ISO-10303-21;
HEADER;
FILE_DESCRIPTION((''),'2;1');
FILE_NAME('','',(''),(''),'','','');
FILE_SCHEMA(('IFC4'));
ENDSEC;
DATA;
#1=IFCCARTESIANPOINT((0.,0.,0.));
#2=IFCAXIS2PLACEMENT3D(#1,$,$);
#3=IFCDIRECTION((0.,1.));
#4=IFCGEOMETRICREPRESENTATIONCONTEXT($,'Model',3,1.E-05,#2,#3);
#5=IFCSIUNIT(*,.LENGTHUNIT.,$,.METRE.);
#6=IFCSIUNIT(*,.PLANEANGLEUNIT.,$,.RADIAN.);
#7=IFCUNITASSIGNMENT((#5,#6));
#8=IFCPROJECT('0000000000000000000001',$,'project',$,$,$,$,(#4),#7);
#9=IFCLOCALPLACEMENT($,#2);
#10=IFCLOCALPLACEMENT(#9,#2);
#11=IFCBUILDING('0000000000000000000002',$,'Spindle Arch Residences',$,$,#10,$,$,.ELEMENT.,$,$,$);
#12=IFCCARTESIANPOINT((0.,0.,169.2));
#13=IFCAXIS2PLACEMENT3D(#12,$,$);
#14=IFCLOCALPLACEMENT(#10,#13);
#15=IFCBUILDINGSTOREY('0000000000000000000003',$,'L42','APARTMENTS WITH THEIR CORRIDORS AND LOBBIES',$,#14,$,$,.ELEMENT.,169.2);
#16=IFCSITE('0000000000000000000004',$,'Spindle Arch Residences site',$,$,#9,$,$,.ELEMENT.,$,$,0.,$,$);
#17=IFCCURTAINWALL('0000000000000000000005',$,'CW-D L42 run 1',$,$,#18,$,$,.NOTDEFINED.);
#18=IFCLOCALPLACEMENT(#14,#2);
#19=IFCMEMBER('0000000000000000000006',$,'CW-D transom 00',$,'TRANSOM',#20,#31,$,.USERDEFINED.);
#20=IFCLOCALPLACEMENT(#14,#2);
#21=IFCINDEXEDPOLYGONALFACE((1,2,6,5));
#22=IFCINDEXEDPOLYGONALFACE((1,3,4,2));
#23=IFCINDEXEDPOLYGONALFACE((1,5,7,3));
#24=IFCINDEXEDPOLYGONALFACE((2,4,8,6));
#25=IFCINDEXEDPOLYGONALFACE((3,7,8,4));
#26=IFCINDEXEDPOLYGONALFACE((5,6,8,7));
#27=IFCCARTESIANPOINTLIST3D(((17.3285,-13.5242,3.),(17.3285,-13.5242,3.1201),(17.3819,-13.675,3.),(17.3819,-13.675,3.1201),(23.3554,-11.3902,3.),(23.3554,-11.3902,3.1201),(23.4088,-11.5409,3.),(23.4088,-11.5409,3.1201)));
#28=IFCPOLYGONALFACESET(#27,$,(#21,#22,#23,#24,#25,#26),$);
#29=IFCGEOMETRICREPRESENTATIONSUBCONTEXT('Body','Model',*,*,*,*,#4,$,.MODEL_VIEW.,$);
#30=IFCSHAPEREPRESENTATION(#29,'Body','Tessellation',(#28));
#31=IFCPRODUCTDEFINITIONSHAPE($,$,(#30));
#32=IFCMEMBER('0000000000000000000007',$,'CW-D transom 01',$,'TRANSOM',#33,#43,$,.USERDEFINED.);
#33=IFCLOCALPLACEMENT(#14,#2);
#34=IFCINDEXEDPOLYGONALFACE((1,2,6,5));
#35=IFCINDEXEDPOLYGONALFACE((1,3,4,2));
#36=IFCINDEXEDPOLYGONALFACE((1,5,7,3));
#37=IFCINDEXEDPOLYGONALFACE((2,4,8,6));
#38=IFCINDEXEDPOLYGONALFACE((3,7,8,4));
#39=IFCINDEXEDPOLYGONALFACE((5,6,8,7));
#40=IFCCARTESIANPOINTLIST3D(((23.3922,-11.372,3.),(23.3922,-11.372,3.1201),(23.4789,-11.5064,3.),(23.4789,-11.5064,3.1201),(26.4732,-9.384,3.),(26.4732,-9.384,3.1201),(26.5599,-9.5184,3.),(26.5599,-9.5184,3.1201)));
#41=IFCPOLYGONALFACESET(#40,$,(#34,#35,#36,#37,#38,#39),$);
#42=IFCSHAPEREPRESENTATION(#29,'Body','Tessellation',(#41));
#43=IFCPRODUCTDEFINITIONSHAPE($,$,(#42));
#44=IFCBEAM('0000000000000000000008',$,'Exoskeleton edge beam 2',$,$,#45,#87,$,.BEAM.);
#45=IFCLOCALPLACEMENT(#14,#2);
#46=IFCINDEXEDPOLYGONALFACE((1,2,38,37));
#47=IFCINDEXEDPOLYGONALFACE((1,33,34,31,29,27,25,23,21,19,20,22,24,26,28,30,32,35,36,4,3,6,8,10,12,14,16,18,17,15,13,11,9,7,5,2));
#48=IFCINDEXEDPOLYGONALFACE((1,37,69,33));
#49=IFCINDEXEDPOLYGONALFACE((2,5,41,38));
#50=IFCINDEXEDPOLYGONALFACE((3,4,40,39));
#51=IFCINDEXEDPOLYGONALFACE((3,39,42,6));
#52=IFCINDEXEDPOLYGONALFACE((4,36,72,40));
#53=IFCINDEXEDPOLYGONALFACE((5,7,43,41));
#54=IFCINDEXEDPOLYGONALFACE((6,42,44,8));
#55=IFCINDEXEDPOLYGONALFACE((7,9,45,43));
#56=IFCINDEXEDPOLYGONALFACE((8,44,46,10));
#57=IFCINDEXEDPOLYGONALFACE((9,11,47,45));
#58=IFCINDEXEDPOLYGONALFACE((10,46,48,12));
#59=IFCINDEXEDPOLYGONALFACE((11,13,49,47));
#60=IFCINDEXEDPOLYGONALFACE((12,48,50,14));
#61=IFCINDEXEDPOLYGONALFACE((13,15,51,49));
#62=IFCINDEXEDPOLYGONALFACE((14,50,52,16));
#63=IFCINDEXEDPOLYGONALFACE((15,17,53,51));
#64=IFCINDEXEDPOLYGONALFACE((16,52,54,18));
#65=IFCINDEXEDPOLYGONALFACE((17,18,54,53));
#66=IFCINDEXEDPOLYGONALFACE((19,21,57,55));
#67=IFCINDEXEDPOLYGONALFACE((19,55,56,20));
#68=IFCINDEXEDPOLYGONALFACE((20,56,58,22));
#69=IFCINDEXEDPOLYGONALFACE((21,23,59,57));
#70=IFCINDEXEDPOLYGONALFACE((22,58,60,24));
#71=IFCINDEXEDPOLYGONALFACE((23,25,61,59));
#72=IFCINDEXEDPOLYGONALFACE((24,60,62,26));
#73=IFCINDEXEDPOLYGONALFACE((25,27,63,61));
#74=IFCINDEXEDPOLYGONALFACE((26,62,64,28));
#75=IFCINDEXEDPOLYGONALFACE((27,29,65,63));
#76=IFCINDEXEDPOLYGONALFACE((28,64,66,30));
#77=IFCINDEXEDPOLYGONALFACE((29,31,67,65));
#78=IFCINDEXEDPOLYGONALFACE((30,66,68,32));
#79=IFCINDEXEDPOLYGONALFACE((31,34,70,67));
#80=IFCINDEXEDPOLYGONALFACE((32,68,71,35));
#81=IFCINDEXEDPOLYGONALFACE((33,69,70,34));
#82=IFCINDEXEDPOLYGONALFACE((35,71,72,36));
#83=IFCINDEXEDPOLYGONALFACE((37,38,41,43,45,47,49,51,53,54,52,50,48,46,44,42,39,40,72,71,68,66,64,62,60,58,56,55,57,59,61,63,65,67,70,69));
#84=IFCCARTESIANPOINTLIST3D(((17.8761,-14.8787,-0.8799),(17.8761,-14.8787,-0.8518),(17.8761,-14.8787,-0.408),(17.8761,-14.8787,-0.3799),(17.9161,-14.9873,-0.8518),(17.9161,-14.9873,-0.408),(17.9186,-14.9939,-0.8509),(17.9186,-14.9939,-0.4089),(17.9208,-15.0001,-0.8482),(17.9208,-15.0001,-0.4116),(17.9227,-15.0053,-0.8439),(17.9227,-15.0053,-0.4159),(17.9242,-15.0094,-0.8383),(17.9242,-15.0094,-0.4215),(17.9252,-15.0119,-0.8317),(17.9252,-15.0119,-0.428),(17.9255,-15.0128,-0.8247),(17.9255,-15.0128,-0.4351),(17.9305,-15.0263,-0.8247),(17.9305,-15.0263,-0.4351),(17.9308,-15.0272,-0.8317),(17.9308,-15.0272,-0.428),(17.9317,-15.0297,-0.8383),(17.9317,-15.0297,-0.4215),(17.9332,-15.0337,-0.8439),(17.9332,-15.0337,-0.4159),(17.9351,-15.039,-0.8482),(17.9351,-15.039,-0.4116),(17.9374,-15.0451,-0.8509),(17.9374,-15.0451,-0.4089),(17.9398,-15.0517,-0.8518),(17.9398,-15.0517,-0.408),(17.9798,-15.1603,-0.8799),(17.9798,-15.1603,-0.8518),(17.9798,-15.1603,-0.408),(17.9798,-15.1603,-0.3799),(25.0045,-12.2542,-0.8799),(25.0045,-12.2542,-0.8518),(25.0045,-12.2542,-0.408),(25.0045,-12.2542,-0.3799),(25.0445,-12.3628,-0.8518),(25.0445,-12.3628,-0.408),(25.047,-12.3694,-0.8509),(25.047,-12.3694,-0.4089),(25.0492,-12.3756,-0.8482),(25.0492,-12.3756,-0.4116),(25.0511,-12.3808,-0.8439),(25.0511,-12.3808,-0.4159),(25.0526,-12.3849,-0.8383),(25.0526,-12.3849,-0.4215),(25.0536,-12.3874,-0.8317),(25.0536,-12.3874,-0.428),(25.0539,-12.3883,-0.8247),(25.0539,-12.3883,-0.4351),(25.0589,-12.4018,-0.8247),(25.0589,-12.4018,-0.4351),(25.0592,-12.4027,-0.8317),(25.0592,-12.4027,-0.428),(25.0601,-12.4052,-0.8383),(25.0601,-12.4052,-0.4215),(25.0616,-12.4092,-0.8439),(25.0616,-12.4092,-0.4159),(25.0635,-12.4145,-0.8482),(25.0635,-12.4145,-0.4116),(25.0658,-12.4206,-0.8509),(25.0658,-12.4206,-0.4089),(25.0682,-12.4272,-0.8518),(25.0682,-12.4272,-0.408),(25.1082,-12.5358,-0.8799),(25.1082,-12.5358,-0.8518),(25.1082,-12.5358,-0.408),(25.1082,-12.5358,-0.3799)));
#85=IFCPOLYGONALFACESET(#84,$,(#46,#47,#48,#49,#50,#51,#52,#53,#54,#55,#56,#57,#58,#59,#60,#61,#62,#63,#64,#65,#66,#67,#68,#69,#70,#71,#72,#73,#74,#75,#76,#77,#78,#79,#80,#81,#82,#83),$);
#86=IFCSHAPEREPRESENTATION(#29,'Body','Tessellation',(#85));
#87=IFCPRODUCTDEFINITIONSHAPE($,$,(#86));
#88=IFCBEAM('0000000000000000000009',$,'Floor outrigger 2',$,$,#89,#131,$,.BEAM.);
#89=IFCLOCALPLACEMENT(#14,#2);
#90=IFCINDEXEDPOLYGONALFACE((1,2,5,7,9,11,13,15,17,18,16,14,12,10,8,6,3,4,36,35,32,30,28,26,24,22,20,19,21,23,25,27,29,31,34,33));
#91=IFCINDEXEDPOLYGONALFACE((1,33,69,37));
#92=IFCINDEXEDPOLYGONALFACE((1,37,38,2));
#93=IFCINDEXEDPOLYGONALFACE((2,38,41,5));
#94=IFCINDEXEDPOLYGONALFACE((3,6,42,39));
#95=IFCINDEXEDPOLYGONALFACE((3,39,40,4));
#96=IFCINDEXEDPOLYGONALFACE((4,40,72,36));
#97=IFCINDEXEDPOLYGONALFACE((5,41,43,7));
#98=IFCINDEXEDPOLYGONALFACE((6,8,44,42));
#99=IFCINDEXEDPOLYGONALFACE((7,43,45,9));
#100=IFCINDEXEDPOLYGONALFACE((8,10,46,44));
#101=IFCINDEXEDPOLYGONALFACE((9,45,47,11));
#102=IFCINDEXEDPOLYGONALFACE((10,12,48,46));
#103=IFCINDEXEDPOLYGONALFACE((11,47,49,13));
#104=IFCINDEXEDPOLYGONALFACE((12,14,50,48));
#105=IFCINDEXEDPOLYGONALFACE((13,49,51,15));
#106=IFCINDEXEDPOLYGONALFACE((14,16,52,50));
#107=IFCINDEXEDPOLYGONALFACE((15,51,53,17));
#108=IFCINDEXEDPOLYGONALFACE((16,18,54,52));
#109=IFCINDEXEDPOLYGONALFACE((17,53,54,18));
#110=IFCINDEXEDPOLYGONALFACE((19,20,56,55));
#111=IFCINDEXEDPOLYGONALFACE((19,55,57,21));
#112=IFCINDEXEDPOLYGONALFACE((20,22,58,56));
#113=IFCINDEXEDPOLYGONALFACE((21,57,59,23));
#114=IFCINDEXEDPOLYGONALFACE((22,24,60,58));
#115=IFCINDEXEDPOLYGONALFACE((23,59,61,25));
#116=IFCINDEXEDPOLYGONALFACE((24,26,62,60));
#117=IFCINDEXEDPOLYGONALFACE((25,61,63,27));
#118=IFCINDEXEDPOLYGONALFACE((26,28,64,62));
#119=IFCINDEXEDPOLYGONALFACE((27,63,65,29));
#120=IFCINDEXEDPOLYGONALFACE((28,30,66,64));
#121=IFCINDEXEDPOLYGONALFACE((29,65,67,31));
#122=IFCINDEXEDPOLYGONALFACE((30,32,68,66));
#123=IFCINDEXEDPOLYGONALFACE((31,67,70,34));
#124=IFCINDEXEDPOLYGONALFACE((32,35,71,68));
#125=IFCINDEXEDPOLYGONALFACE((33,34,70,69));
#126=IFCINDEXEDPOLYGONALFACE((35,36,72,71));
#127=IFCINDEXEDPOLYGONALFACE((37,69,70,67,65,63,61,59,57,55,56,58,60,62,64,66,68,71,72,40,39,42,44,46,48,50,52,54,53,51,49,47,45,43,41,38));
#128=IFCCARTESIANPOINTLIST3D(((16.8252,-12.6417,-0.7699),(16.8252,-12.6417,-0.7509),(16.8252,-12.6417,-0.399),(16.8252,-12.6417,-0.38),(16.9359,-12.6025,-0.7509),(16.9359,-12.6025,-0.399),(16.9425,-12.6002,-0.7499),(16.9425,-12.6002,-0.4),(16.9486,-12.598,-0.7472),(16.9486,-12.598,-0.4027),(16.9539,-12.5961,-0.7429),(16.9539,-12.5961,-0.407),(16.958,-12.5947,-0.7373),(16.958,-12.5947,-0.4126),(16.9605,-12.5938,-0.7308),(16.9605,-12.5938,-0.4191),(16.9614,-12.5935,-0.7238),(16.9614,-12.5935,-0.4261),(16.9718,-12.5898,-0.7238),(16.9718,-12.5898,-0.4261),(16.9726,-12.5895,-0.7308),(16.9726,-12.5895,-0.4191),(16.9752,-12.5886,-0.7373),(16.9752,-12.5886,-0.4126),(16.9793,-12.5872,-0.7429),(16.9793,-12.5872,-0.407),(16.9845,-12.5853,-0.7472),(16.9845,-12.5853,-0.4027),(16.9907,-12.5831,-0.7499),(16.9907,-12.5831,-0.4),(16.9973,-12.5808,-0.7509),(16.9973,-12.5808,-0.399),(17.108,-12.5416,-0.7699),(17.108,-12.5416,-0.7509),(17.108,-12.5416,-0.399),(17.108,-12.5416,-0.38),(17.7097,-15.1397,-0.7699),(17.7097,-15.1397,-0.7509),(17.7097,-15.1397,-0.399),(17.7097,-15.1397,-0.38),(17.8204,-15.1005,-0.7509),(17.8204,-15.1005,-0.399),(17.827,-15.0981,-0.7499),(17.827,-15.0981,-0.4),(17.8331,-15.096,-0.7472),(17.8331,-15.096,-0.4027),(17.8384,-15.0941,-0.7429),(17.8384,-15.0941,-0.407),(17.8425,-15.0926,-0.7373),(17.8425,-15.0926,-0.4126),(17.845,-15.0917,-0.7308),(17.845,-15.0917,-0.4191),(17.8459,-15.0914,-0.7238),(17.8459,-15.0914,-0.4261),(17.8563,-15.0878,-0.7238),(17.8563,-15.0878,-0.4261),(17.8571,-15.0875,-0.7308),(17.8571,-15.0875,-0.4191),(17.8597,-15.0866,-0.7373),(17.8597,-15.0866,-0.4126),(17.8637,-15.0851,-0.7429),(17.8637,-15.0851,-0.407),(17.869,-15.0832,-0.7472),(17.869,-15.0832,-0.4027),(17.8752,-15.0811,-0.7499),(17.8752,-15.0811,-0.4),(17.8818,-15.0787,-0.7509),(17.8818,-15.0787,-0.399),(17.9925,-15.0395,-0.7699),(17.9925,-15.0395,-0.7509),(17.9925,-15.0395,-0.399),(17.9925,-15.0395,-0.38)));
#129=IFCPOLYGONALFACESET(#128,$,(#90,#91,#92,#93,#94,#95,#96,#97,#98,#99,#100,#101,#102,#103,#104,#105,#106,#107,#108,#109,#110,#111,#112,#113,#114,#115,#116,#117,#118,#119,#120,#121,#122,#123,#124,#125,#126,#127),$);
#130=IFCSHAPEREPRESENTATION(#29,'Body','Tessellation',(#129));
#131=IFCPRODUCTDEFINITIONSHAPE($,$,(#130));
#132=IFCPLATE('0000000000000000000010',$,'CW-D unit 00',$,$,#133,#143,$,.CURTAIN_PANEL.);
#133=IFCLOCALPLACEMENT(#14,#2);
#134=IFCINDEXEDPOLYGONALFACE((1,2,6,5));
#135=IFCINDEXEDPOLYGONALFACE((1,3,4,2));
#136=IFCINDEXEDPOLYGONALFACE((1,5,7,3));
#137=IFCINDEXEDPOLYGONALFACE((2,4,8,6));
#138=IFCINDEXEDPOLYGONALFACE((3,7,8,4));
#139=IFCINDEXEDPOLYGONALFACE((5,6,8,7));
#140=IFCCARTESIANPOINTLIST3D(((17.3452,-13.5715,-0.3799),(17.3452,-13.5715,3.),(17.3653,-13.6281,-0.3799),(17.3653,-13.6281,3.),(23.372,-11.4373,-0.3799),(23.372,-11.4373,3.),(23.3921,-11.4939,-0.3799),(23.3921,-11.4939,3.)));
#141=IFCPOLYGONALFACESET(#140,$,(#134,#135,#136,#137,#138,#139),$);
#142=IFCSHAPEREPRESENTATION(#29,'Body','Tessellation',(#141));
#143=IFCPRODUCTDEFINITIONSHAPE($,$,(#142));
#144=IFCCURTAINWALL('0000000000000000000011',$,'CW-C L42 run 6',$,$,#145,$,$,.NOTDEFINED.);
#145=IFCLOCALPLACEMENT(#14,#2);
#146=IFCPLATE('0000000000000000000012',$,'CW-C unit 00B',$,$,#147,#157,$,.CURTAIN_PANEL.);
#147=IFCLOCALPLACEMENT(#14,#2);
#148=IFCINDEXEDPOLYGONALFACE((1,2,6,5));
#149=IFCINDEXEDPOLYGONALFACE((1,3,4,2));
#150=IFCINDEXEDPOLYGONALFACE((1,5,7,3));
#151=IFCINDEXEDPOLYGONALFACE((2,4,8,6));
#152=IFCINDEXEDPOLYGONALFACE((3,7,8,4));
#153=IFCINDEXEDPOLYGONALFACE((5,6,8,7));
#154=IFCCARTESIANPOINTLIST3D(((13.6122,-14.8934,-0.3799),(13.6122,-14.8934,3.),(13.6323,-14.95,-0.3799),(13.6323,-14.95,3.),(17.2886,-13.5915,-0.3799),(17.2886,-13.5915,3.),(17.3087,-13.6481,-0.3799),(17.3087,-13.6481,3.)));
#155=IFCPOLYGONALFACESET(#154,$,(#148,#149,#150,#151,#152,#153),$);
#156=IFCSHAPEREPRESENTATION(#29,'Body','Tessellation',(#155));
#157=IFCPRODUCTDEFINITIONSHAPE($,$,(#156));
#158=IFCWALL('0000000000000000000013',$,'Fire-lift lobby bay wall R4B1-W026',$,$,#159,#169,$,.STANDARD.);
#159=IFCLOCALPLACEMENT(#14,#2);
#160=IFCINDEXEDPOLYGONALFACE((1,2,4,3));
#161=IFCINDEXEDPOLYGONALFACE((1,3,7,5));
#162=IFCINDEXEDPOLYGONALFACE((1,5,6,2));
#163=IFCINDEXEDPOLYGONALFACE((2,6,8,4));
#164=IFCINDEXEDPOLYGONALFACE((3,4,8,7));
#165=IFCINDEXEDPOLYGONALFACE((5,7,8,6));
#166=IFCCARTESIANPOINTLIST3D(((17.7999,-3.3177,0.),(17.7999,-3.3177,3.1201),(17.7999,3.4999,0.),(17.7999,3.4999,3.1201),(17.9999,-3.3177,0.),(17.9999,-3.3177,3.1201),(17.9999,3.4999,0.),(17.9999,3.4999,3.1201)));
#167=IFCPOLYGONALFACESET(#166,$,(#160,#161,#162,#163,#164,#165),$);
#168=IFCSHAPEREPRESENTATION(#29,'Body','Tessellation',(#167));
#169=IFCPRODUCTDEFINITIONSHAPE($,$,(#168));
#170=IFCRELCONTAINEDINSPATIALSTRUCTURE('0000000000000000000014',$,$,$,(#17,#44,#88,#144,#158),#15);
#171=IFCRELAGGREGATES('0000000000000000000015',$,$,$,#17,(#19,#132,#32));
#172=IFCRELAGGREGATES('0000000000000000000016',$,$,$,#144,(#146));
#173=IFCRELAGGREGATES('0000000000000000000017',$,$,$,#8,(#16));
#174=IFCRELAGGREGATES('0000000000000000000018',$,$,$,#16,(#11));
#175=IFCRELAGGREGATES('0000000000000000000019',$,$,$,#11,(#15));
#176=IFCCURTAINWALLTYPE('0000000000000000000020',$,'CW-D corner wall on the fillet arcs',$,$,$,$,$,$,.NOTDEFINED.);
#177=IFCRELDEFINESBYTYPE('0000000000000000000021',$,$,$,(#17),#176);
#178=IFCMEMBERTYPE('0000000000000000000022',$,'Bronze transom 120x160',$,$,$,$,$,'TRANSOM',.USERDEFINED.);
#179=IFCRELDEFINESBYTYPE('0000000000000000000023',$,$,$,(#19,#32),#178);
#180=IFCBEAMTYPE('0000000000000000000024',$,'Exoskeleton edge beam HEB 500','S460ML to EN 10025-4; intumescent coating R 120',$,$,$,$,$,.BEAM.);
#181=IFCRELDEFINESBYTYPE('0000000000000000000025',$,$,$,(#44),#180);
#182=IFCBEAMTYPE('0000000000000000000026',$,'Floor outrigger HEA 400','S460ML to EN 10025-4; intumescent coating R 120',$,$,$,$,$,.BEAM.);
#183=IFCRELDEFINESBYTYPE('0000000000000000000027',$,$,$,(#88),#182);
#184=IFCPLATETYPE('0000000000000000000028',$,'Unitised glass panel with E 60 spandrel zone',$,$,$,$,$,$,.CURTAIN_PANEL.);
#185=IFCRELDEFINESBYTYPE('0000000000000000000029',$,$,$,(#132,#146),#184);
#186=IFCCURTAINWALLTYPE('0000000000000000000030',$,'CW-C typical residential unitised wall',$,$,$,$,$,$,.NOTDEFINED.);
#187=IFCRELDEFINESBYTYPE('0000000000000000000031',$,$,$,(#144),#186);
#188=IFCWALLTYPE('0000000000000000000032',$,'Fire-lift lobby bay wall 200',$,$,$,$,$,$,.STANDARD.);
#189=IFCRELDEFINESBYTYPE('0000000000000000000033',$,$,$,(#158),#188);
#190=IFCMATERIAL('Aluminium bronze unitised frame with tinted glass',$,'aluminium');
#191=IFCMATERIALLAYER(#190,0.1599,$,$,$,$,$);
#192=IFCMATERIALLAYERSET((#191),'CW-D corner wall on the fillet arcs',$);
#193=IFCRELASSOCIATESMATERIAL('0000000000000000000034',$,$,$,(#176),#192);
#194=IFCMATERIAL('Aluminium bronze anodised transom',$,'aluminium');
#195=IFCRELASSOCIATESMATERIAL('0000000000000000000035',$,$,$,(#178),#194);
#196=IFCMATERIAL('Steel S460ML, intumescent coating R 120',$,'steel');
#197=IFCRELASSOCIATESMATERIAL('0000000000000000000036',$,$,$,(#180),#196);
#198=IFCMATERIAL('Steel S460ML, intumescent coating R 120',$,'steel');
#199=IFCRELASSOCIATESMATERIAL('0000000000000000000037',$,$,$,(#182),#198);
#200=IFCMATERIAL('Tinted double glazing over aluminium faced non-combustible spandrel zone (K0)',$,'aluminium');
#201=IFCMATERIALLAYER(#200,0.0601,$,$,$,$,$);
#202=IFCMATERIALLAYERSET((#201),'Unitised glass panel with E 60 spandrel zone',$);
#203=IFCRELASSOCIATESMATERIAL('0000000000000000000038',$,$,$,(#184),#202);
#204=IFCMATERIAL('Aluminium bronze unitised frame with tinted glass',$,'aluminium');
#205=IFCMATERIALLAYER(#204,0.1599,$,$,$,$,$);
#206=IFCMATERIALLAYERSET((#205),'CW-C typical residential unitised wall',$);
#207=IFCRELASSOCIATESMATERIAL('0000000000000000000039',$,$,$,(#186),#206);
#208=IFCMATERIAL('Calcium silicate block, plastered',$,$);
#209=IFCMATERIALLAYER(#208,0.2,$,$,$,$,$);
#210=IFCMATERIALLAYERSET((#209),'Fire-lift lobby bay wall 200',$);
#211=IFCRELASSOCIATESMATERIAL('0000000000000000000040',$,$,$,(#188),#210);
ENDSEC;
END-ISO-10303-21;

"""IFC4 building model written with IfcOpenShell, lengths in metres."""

from ifc_helpers import new_model, si_unit, direction, frame, frame_2d, origin, origin_2d, place, context, subcontext, project, spatial, rectangle, i_section, extrude, material, layer, layer_set, material_profile, profile_set, type_object, element, aggregate, save


model = new_model("IFC4")

# Units and contexts
model_context = context("Model", 3, precision=1e-05, world=origin(), true_north=direction((0.0, 1.0)))
body_context = subcontext(model_context, "Body", "Model", "MODEL_VIEW")
ifc_project = project(units=[si_unit("LENGTHUNIT", "METRE"), si_unit("PLANEANGLEUNIT", "RADIAN")], contexts=[model_context])

# Site, building, storey
site_placement = place(None, origin())
site = spatial("IfcSite", under=ifc_project, at=site_placement, Name="Spindle Arch Residences site", CompositionType="ELEMENT", RefElevation=0.0)
building_placement = place(site_placement, origin())
building = spatial("IfcBuilding", under=site, at=building_placement, Name="Spindle Arch Residences", CompositionType="ELEMENT")
storey_placement = place(building_placement, frame((0.0, 0.0, 169.2)))
storey = spatial("IfcBuildingStorey", under=building, at=storey_placement, Name="L42", Description="APARTMENTS WITH THEIR CORRIDORS AND LOBBIES", CompositionType="ELEMENT", Elevation=169.2)

# Curtain wall, members
ifc_material_1 = material(Name="Aluminium bronze unitised frame with tinted glass", Category="aluminium")
ifc_layer_1 = layer(ifc_material_1, 0.1599)
ifc_layer_set_1 = layer_set([ifc_layer_1], Name="CW-D corner wall on the fillet arcs")
curtain_wall_type_1 = type_object("IfcCurtainWallType", Name="CW-D corner wall on the fillet arcs", PredefinedType="NOTDEFINED", material=ifc_layer_set_1)
curtain_wall_1_placement = place(storey_placement, origin())
curtain_wall_1 = element("IfcCurtainWall", 1, at=curtain_wall_1_placement, inside=storey, type_object=curtain_wall_type_1, Name="CW-D L42 run 1", PredefinedType="NOTDEFINED")
ifc_material_2 = material(Name="Aluminium bronze anodised transom", Category="aluminium")
ifc_material_profile_1 = material_profile(ifc_material_2, rectangle(XDim=0.1599, YDim=0.1201, at=origin_2d()), Name="TR 120x160")
ifc_profile_set_1 = profile_set([ifc_material_profile_1], Name="Aluminium bronze anodised transom")
member_type_1 = type_object("IfcMemberType", Name="Bronze transom 120x160", ElementType="TRANSOM", PredefinedType="USERDEFINED", material=ifc_profile_set_1)
member_1_placement = place(storey_placement, frame((17.3552, -13.5996, 3.0601), z_axis=(0.942651, 0.333781, 0.0), x_axis=(-0.333781, 0.942651, 0.0)))
member_1 = element("IfcMember", 2, at=member_1_placement, type_object=member_type_1, Name="CW-D transom 00", ObjectType="TRANSOM", PredefinedType="USERDEFINED", context=body_context, shape_type="SweptSolid", body=[
    extrude(rectangle(XDim=0.1599, YDim=0.1201, at=origin_2d()), origin(), (0.0, 0.0, 1.0), 6.3936),
])
member_2_placement = place(storey_placement, frame((23.4355, -11.4392, 3.0601), z_axis=(0.840264, 0.542177, 0.0), x_axis=(-0.542177, 0.840264, 0.0)))
member_2 = element("IfcMember", 3, at=member_2_placement, type_object=member_type_1, Name="CW-D transom 01", ObjectType="TRANSOM", PredefinedType="USERDEFINED", context=body_context, shape_type="SweptSolid", body=[
    extrude(rectangle(XDim=0.1599, YDim=0.1201, at=origin_2d()), origin(), (0.0, 0.0, 1.0), 3.6667),
])

# Beams
ifc_material_3 = material(Name="Steel S460ML, intumescent coating R 120", Category="steel")
ifc_material_profile_2 = material_profile(ifc_material_3, i_section(OverallWidth=0.3, OverallDepth=0.5, WebThickness=0.0144, FlangeThickness=0.0281, FilletRadius=0.0271, at=origin_2d()), Name="HEB 500")
ifc_profile_set_2 = profile_set([ifc_material_profile_2], Name="Steel S460ML, intumescent coating R 120")
beam_type_1 = type_object("IfcBeamType", Name="Exoskeleton edge beam HEB 500", Description="S460ML to EN 10025-4; intumescent coating R 120", PredefinedType="BEAM", material=ifc_profile_set_2)
beam_1_placement = place(storey_placement, frame((17.928, -15.0195, -0.6299), z_axis=(0.938418, 0.345503, 0.0), x_axis=(-0.345503, 0.938418, 0.0)))
element("IfcBeam", 4, at=beam_1_placement, inside=storey, type_object=beam_type_1, Name="Exoskeleton edge beam 2", PredefinedType="BEAM", context=body_context, shape_type="SweptSolid", body=[
    extrude(i_section(OverallWidth=0.3, OverallDepth=0.5, WebThickness=0.0144, FlangeThickness=0.0281, FilletRadius=0.0271, at=origin_2d()), origin(), (0.0, 0.0, 1.0), 7.5962),
])
ifc_material_4 = material(Name="Steel S460ML, intumescent coating R 120", Category="steel")
ifc_material_profile_3 = material_profile(ifc_material_4, i_section(OverallWidth=0.3, OverallDepth=0.3899, WebThickness=0.011, FlangeThickness=0.019, FilletRadius=0.0271, at=origin_2d()), Name="HEA 400")
ifc_profile_set_3 = profile_set([ifc_material_profile_3], Name="Steel S460ML, intumescent coating R 120")
beam_type_2 = type_object("IfcBeamType", Name="Floor outrigger HEA 400", Description="S460ML to EN 10025-4; intumescent coating R 120", PredefinedType="BEAM", material=ifc_profile_set_3)
beam_2_placement = place(storey_placement, frame((17.8511, -15.0896, -0.575), z_axis=(-0.333779, 0.942651, 0.0), x_axis=(-0.942651, -0.333779, 0.0)))
element("IfcBeam", 5, at=beam_2_placement, inside=storey, type_object=beam_type_2, Name="Floor outrigger 2", PredefinedType="BEAM", context=body_context, shape_type="SweptSolid", body=[
    extrude(i_section(OverallWidth=0.3, OverallDepth=0.3899, WebThickness=0.011, FlangeThickness=0.019, FilletRadius=0.0271, at=origin_2d()), origin(), (0.0, 0.0, 1.0), 2.6499),
])

# Plate
ifc_material_5 = material(Name="Tinted double glazing over aluminium faced non-combustible spandrel zone (K0)", Category="aluminium")
ifc_layer_2 = layer(ifc_material_5, 0.0601)
ifc_layer_set_2 = layer_set([ifc_layer_2], Name="Unitised glass panel with E 60 spandrel zone")
plate_type = type_object("IfcPlateType", Name="Unitised glass panel with E 60 spandrel zone", PredefinedType="CURTAIN_PANEL", material=ifc_layer_set_2)
plate_1_placement = place(storey_placement, frame((20.3687, -12.5327, -0.3799), z_axis=(0.0, 0.0, 1.0), x_axis=(0.942641, 0.333807, 0.0)))
plate_1 = element("IfcPlate", 6, at=plate_1_placement, type_object=plate_type, Name="CW-D unit 00", PredefinedType="CURTAIN_PANEL", context=body_context, shape_type="SweptSolid", body=[
    extrude(rectangle(XDim=6.3936, YDim=0.0601, at=origin_2d()), origin(), (0.0, 0.0, 1.0), 3.3799),
])
aggregate(curtain_wall_1, [member_1, plate_1, member_2])

# Curtain wall, plate
ifc_material_6 = material(Name="Aluminium bronze unitised frame with tinted glass", Category="aluminium")
ifc_layer_3 = layer(ifc_material_6, 0.1599)
ifc_layer_set_3 = layer_set([ifc_layer_3], Name="CW-C typical residential unitised wall")
curtain_wall_type_2 = type_object("IfcCurtainWallType", Name="CW-C typical residential unitised wall", PredefinedType="NOTDEFINED", material=ifc_layer_set_3)
curtain_wall_2_placement = place(storey_placement, origin())
curtain_wall_2 = element("IfcCurtainWall", 7, at=curtain_wall_2_placement, inside=storey, type_object=curtain_wall_type_2, Name="CW-C L42 run 6", PredefinedType="NOTDEFINED")
plate_2_placement = place(storey_placement, frame((15.4604, -14.2708, -0.3799), z_axis=(0.0, 0.0, 1.0), x_axis=(0.942641, 0.333807, 0.0)))
plate_2 = element("IfcPlate", 8, at=plate_2_placement, type_object=plate_type, Name="CW-C unit 00B", PredefinedType="CURTAIN_PANEL", context=body_context, shape_type="SweptSolid", body=[
    extrude(rectangle(XDim=3.9001, YDim=0.0601, at=origin_2d()), origin(), (0.0, 0.0, 1.0), 3.3799),
])
aggregate(curtain_wall_2, [plate_2])

# Wall
ifc_material_7 = material(Name="Calcium silicate block, plastered")
ifc_layer_4 = layer(ifc_material_7, 0.2)
ifc_layer_set_4 = layer_set([ifc_layer_4], Name="Fire-lift lobby bay wall 200")
wall_type_1 = type_object("IfcWallType", Name="Fire-lift lobby bay wall 200", PredefinedType="STANDARD", material=ifc_layer_set_4)
wall_1_placement = place(storey_placement, frame((17.8999, -3.3176, 0.0), z_axis=(0.0, 0.0, 1.0), x_axis=(0.0, 1.0, 0.0)))
element("IfcWall", 9, at=wall_1_placement, inside=storey, type_object=wall_type_1, Name="Fire-lift lobby bay wall R4B1-W026", PredefinedType="STANDARD", context=body_context, shape_type="SweptSolid", body=[
    extrude(rectangle(XDim=6.8176, YDim=0.2, at=frame_2d((3.4087, 0.0))), origin(), (0.0, 0.0, 1.0), 3.1201),
])

save(model, "model.ifc")
